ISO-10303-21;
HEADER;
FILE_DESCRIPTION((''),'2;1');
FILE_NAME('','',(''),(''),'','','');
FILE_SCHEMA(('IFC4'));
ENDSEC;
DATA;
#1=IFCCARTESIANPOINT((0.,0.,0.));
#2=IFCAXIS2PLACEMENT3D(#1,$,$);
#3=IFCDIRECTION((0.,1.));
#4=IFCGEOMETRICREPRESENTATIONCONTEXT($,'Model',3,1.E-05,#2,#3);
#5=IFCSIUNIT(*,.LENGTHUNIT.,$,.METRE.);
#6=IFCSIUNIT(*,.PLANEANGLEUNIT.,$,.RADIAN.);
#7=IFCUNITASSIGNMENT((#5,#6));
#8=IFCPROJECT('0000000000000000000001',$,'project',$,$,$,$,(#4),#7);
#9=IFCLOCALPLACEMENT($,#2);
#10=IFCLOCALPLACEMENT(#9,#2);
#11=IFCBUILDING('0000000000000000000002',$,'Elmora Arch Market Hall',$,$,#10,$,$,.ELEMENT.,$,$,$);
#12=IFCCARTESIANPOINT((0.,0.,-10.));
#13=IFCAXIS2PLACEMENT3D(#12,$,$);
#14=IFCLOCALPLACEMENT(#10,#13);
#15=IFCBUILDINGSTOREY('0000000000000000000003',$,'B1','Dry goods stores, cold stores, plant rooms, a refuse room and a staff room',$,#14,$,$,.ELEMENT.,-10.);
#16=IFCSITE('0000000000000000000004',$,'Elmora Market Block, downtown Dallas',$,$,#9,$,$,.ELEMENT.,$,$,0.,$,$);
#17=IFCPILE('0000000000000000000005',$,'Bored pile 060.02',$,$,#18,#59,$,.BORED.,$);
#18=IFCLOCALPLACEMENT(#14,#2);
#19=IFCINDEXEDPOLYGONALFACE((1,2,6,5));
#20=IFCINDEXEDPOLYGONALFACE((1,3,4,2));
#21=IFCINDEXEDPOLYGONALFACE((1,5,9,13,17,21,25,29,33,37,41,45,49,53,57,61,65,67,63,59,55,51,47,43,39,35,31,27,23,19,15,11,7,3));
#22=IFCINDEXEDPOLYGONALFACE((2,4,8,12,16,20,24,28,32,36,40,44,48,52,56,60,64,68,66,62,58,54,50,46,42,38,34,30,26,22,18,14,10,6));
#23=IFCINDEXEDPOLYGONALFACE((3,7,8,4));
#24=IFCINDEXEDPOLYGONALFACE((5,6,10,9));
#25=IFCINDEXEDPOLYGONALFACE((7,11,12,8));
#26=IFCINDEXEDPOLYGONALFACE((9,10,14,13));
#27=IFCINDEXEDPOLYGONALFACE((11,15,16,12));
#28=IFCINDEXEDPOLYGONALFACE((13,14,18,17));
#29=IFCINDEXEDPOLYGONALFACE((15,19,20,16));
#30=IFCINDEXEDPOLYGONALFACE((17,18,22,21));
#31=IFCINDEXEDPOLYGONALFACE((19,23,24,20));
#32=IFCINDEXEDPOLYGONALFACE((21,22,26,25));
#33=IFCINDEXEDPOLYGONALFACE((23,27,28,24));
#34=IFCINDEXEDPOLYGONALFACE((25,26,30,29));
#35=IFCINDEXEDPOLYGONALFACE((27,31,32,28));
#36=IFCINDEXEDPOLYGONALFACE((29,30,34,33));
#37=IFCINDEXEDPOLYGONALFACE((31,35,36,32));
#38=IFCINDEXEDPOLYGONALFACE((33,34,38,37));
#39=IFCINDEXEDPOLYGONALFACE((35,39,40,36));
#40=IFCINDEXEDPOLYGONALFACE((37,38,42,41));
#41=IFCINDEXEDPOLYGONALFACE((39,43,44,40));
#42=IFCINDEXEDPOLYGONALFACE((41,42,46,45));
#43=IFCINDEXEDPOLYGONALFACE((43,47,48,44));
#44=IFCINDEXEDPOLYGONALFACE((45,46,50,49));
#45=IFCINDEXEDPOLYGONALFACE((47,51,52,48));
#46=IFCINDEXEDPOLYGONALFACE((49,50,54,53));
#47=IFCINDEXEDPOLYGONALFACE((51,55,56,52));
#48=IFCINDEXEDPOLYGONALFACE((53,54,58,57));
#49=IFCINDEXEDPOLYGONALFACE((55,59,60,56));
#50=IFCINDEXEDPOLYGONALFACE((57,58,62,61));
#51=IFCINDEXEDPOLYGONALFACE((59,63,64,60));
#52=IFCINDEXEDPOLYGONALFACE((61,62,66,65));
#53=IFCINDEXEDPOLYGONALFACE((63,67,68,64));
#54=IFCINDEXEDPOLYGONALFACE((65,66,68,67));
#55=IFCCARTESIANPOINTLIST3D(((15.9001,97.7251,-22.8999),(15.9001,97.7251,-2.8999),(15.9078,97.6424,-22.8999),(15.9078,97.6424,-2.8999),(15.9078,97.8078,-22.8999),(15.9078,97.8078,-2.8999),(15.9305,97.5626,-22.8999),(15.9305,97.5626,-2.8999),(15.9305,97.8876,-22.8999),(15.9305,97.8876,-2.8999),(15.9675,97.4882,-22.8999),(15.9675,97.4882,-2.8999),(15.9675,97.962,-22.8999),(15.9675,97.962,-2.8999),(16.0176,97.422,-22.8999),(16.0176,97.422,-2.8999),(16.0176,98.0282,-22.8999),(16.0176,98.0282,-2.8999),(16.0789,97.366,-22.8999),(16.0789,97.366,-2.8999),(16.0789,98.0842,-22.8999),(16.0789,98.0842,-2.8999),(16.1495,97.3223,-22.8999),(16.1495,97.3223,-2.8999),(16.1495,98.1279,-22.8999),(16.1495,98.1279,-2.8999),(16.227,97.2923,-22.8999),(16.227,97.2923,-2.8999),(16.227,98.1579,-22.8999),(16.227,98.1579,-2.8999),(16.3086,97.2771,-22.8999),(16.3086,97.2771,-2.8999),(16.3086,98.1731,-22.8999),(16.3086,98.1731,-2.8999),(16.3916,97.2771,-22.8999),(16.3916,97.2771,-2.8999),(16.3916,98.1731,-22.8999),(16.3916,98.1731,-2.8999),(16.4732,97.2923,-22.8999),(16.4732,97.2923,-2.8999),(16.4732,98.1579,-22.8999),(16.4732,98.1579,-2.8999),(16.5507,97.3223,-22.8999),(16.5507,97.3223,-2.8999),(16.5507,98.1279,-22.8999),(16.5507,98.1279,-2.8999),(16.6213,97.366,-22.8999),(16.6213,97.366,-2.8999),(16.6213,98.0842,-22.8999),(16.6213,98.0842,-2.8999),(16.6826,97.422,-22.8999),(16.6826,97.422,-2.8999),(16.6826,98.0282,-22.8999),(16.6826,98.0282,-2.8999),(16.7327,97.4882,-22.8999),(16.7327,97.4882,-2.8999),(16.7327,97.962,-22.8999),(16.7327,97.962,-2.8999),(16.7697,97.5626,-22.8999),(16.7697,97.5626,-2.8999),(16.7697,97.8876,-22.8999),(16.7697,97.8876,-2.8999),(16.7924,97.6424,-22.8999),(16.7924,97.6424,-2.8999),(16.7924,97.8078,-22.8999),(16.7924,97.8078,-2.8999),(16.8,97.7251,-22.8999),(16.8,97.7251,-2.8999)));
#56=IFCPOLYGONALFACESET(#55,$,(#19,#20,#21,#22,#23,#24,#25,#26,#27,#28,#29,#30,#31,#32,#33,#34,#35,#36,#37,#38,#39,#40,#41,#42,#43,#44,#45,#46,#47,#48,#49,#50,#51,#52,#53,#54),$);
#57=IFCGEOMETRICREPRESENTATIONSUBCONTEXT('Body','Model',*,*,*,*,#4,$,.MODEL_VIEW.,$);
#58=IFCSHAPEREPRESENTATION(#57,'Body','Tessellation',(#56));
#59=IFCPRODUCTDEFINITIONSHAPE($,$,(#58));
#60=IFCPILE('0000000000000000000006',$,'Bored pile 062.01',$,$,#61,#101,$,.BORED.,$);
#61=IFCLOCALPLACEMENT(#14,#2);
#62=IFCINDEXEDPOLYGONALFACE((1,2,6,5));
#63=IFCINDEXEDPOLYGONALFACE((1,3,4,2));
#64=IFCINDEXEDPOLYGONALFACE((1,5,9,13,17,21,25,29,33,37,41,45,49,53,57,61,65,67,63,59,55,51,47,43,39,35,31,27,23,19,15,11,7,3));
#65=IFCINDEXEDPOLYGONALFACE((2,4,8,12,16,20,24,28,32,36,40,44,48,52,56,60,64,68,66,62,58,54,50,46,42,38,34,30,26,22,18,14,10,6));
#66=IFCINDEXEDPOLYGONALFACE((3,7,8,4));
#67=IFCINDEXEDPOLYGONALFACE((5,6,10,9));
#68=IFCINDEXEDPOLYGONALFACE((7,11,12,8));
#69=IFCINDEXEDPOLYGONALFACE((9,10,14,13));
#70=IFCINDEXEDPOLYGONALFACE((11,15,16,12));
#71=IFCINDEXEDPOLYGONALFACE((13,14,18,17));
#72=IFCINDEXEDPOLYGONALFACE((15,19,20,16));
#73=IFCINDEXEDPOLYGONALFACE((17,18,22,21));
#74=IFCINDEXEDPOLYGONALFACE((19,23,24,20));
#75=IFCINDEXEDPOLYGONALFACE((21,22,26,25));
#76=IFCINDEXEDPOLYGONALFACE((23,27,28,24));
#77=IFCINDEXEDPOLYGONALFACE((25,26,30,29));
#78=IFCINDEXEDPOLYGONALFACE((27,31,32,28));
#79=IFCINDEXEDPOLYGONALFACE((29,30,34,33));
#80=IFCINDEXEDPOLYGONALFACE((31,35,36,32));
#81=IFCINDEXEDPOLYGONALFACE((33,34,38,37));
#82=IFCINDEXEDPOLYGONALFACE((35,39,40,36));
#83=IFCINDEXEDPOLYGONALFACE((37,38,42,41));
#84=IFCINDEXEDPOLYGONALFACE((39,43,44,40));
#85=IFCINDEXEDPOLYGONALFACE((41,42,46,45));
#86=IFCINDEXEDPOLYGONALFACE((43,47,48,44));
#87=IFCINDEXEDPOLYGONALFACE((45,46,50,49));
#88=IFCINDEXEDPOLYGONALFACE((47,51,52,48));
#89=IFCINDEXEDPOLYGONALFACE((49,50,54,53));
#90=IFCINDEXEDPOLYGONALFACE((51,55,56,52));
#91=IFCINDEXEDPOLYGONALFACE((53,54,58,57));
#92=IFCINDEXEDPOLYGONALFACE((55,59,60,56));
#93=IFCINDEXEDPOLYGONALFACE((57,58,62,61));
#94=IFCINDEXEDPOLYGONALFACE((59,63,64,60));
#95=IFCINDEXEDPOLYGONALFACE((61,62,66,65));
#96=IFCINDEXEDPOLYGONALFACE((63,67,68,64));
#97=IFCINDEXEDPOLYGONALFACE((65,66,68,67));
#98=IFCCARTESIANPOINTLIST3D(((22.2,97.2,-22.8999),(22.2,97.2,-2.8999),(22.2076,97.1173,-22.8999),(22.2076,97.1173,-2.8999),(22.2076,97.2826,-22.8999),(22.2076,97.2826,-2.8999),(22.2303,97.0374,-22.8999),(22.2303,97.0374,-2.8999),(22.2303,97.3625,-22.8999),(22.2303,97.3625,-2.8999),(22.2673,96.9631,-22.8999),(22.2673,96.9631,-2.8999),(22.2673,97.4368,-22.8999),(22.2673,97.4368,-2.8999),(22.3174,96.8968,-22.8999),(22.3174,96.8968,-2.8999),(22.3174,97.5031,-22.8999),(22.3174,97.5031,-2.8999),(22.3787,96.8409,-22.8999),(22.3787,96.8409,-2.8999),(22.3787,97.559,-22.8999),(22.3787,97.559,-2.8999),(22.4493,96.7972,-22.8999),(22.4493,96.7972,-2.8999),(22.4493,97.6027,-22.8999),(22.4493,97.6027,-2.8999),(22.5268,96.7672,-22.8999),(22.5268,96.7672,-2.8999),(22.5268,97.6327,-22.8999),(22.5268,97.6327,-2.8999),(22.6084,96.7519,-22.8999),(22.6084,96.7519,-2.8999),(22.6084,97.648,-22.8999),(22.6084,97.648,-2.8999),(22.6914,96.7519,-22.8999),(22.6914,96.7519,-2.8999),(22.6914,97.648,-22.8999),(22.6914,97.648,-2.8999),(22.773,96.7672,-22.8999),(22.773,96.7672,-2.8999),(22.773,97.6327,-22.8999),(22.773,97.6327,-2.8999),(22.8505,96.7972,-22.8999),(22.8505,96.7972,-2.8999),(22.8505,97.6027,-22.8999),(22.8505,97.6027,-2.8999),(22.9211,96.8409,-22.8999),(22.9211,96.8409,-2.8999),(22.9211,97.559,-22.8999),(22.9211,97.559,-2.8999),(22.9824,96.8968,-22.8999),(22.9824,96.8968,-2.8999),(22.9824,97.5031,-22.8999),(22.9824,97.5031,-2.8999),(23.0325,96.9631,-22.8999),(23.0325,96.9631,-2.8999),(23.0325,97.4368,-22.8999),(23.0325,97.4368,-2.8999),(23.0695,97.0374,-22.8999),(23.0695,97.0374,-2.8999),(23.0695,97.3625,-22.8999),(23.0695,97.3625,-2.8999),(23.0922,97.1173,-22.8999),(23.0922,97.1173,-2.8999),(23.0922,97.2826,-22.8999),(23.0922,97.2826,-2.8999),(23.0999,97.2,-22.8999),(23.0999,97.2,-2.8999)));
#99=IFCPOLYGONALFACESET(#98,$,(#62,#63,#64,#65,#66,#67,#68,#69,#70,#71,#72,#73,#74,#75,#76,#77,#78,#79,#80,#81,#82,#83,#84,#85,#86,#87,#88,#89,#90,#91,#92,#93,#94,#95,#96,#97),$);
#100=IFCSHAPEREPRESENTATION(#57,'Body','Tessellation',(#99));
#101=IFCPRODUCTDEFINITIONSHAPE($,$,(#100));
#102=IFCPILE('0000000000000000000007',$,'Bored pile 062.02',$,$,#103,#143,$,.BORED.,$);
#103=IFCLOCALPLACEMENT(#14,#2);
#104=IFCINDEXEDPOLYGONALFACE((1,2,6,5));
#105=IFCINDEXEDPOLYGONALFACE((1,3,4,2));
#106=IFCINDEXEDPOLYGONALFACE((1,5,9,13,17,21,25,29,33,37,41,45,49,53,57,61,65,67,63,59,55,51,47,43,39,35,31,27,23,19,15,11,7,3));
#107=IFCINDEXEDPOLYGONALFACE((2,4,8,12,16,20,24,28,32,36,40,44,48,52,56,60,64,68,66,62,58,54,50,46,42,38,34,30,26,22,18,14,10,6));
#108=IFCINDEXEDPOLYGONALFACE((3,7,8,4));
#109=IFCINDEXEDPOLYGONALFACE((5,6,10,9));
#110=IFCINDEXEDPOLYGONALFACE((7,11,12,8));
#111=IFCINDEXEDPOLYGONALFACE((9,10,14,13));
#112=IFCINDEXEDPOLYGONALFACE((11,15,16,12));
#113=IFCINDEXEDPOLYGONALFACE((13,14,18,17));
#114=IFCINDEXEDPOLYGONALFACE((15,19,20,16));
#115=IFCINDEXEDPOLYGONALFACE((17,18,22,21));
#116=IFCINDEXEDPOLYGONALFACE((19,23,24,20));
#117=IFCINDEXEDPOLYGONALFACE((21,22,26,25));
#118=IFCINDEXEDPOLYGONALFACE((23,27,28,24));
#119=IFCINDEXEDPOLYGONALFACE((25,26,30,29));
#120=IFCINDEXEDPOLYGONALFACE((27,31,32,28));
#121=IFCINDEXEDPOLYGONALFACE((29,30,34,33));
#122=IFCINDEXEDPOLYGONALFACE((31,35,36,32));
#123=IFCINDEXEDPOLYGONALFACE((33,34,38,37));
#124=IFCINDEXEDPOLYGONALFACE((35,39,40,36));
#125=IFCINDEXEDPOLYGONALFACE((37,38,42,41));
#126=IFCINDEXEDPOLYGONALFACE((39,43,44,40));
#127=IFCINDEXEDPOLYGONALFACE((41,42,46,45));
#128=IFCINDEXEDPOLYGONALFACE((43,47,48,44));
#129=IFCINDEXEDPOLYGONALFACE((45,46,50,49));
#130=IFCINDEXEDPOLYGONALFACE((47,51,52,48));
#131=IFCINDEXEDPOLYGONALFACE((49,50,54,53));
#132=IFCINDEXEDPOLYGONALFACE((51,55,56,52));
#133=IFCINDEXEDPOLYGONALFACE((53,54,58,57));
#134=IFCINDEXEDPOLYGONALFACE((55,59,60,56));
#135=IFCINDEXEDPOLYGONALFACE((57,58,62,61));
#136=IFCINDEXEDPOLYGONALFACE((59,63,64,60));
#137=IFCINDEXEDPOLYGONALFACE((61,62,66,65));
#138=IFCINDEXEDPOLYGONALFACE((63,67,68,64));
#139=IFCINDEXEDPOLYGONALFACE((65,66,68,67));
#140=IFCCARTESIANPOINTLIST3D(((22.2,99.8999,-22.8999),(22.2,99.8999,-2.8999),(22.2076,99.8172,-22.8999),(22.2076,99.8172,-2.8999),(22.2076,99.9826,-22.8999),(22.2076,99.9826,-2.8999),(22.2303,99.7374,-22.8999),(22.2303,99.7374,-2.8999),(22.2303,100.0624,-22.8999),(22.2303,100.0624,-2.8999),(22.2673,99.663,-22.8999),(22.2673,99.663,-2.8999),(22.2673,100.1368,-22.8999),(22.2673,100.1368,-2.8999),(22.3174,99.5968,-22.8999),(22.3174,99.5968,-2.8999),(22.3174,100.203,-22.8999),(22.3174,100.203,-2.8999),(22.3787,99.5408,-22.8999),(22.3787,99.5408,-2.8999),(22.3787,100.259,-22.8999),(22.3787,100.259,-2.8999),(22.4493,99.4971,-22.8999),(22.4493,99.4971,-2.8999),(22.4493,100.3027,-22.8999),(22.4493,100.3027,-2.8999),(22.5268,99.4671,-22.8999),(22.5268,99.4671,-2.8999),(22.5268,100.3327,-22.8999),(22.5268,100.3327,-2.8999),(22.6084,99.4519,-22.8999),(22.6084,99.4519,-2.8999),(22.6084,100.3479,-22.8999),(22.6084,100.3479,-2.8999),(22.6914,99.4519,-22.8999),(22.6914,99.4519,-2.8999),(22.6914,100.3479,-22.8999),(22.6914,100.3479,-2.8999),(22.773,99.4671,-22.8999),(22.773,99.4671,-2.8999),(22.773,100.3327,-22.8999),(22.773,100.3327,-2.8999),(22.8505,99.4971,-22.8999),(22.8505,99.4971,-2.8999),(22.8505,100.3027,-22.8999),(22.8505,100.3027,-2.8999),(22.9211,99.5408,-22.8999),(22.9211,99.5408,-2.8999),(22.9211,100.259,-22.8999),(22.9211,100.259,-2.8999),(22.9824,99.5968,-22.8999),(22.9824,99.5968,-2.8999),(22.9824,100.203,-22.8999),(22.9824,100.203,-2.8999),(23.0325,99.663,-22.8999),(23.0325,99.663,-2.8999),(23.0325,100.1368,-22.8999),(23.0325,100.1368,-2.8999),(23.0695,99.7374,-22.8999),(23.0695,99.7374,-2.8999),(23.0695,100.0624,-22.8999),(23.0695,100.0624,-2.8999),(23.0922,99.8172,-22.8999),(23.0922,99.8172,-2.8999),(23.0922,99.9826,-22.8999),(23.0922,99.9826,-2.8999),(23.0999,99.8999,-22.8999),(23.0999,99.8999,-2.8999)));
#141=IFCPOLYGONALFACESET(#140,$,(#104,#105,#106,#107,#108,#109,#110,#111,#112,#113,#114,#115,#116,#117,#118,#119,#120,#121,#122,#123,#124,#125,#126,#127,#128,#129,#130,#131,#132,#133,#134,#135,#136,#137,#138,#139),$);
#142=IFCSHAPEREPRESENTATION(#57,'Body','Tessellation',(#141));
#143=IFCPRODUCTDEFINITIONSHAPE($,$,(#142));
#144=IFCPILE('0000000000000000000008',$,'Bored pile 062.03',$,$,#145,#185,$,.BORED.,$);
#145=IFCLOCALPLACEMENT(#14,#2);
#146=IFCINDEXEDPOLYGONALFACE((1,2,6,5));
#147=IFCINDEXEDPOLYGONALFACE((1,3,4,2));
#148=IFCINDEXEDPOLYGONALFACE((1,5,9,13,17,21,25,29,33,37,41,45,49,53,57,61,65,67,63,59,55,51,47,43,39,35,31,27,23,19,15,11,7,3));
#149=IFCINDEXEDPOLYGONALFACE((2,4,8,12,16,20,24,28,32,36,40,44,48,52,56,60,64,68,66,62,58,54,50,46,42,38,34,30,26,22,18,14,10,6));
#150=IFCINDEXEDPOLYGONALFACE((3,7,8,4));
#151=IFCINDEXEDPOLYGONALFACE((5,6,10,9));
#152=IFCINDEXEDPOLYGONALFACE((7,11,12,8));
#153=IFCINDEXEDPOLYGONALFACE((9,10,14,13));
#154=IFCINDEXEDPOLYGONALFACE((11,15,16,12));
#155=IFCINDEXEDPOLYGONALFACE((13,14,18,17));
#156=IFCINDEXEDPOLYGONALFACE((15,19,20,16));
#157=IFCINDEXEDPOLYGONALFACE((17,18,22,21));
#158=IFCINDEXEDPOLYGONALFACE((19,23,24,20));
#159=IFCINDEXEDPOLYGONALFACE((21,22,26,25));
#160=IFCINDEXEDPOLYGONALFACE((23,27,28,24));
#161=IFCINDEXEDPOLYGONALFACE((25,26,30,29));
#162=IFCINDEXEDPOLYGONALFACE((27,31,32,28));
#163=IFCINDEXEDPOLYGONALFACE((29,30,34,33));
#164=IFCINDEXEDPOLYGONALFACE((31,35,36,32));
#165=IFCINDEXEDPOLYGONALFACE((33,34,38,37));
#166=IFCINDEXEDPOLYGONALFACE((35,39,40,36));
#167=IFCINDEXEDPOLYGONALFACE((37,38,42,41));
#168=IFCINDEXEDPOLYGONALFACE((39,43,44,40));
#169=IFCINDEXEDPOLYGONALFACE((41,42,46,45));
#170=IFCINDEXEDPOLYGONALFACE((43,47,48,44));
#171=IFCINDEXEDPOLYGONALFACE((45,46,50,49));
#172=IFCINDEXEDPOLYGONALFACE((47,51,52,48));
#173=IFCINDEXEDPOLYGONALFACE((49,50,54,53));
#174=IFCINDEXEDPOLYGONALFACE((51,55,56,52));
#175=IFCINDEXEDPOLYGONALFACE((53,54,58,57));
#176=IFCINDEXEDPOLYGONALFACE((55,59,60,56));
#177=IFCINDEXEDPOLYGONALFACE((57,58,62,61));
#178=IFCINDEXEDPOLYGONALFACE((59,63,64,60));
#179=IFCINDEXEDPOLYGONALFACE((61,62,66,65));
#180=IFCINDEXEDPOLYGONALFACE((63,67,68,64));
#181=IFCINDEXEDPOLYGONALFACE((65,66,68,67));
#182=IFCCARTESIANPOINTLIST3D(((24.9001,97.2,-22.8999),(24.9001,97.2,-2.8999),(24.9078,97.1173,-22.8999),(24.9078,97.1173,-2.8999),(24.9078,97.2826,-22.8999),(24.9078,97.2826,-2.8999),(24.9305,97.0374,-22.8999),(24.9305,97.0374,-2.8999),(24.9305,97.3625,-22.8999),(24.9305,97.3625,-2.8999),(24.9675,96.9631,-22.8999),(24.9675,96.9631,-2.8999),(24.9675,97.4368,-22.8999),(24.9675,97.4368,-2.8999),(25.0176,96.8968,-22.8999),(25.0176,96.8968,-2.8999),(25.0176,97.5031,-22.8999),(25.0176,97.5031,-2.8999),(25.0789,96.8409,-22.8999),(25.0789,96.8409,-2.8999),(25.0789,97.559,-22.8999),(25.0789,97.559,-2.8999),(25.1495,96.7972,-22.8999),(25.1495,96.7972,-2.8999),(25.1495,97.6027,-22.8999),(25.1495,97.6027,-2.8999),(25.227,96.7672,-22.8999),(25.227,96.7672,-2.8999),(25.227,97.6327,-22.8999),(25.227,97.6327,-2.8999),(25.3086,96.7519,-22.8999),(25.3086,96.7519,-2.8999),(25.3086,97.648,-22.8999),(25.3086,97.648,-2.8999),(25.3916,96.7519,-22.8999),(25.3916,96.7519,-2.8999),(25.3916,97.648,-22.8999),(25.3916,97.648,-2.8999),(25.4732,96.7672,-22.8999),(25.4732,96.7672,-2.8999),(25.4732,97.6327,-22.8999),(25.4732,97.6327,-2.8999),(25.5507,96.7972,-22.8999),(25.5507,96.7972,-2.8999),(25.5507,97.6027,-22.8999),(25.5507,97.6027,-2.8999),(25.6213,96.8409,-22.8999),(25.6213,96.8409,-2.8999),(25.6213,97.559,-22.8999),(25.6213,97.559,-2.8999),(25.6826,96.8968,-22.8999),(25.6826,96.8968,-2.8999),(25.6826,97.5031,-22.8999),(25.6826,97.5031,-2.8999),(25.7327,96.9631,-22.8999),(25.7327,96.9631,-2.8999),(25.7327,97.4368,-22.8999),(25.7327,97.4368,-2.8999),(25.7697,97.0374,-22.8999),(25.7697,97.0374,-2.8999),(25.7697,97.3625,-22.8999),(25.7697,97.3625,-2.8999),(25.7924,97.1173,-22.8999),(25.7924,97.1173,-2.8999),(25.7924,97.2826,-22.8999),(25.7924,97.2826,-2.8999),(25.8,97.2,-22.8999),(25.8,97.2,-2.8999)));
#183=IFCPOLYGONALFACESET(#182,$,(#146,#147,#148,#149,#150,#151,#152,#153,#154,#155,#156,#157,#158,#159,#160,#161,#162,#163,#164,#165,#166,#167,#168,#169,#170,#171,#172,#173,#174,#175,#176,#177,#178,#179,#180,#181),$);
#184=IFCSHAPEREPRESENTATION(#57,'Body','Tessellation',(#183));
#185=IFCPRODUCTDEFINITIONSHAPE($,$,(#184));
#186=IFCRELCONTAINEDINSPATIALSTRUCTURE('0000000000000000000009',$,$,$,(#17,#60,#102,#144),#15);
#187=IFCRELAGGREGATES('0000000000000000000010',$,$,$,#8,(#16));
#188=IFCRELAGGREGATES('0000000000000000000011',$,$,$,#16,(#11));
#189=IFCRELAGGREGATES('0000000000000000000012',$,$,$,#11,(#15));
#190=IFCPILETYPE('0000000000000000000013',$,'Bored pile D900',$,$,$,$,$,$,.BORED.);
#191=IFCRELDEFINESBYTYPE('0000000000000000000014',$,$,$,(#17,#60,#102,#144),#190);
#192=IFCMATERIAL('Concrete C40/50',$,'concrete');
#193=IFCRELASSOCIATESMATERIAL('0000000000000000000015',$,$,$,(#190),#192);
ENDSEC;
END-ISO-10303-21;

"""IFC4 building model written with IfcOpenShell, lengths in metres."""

from ifc_helpers import new_model, si_unit, direction, frame, origin, origin_2d, place, context, subcontext, project, spatial, circle, extrude, material, material_profile, profile_set, type_object, element, save


model = new_model("IFC4")

# Units and contexts
model_context = context("Model", 3, precision=1e-05, world=origin(), true_north=direction((0.0, 1.0)))
body_context = subcontext(model_context, "Body", "Model", "MODEL_VIEW")
ifc_project = project(units=[si_unit("LENGTHUNIT", "METRE"), si_unit("PLANEANGLEUNIT", "RADIAN")], contexts=[model_context])

# Site, building, storey
site_placement = place(None, origin())
site = spatial("IfcSite", under=ifc_project, at=site_placement, Name="Elmora Market Block, downtown Dallas", CompositionType="ELEMENT", RefElevation=0.0)
building_placement = place(site_placement, origin())
building = spatial("IfcBuilding", under=site, at=building_placement, Name="Elmora Arch Market Hall", CompositionType="ELEMENT")
storey_placement = place(building_placement, frame((0.0, 0.0, -10.0)))
storey = spatial("IfcBuildingStorey", under=building, at=storey_placement, Name="B1", Description="Dry goods stores, cold stores, plant rooms, a refuse room and a staff room", CompositionType="ELEMENT", Elevation=-10.0)

# Piles
ifc_material_1 = material(Name="Concrete C40/50", Category="concrete")
ifc_material_profile_1 = material_profile(ifc_material_1, circle(Radius=0.45, at=origin_2d()), Name="Bored pile D900")
ifc_profile_set_1 = profile_set([ifc_material_profile_1], Name="Concrete C40/50")
pile_type = type_object("IfcPileType", Name="Bored pile D900", PredefinedType="BORED", material=ifc_profile_set_1)
for number, where, z_axis, x_axis, name in (
    (1, (16.3501, 97.7251, -2.8999), (0.0, 0.0, -1.0), (1.0, 0.0, 0.0), "Bored pile 060.02"),
    (2, (22.6499, 97.2, -2.8999), (0.0, 0.0, -1.0), (1.0, 0.0, 0.0), "Bored pile 062.01"),
    (3, (22.6499, 99.8999, -2.8999), (0.0, 0.0, -1.0), (1.0, 0.0, 0.0), "Bored pile 062.02"),
    (4, (25.3501, 97.2, -2.8999), (0.0, 0.0, -1.0), (1.0, 0.0, 0.0), "Bored pile 062.03"),
):
    element("IfcPile", number, at=place(storey_placement, frame(where, z_axis=z_axis, x_axis=x_axis)), inside=storey, type_object=pile_type, Name=name, PredefinedType="BORED", context=body_context, shape_type="SweptSolid", body=[
        extrude(circle(Radius=0.45, at=origin_2d()), origin(), (0.0, 0.0, 1.0), 20.0),
    ])

save(model, "model.ifc")
